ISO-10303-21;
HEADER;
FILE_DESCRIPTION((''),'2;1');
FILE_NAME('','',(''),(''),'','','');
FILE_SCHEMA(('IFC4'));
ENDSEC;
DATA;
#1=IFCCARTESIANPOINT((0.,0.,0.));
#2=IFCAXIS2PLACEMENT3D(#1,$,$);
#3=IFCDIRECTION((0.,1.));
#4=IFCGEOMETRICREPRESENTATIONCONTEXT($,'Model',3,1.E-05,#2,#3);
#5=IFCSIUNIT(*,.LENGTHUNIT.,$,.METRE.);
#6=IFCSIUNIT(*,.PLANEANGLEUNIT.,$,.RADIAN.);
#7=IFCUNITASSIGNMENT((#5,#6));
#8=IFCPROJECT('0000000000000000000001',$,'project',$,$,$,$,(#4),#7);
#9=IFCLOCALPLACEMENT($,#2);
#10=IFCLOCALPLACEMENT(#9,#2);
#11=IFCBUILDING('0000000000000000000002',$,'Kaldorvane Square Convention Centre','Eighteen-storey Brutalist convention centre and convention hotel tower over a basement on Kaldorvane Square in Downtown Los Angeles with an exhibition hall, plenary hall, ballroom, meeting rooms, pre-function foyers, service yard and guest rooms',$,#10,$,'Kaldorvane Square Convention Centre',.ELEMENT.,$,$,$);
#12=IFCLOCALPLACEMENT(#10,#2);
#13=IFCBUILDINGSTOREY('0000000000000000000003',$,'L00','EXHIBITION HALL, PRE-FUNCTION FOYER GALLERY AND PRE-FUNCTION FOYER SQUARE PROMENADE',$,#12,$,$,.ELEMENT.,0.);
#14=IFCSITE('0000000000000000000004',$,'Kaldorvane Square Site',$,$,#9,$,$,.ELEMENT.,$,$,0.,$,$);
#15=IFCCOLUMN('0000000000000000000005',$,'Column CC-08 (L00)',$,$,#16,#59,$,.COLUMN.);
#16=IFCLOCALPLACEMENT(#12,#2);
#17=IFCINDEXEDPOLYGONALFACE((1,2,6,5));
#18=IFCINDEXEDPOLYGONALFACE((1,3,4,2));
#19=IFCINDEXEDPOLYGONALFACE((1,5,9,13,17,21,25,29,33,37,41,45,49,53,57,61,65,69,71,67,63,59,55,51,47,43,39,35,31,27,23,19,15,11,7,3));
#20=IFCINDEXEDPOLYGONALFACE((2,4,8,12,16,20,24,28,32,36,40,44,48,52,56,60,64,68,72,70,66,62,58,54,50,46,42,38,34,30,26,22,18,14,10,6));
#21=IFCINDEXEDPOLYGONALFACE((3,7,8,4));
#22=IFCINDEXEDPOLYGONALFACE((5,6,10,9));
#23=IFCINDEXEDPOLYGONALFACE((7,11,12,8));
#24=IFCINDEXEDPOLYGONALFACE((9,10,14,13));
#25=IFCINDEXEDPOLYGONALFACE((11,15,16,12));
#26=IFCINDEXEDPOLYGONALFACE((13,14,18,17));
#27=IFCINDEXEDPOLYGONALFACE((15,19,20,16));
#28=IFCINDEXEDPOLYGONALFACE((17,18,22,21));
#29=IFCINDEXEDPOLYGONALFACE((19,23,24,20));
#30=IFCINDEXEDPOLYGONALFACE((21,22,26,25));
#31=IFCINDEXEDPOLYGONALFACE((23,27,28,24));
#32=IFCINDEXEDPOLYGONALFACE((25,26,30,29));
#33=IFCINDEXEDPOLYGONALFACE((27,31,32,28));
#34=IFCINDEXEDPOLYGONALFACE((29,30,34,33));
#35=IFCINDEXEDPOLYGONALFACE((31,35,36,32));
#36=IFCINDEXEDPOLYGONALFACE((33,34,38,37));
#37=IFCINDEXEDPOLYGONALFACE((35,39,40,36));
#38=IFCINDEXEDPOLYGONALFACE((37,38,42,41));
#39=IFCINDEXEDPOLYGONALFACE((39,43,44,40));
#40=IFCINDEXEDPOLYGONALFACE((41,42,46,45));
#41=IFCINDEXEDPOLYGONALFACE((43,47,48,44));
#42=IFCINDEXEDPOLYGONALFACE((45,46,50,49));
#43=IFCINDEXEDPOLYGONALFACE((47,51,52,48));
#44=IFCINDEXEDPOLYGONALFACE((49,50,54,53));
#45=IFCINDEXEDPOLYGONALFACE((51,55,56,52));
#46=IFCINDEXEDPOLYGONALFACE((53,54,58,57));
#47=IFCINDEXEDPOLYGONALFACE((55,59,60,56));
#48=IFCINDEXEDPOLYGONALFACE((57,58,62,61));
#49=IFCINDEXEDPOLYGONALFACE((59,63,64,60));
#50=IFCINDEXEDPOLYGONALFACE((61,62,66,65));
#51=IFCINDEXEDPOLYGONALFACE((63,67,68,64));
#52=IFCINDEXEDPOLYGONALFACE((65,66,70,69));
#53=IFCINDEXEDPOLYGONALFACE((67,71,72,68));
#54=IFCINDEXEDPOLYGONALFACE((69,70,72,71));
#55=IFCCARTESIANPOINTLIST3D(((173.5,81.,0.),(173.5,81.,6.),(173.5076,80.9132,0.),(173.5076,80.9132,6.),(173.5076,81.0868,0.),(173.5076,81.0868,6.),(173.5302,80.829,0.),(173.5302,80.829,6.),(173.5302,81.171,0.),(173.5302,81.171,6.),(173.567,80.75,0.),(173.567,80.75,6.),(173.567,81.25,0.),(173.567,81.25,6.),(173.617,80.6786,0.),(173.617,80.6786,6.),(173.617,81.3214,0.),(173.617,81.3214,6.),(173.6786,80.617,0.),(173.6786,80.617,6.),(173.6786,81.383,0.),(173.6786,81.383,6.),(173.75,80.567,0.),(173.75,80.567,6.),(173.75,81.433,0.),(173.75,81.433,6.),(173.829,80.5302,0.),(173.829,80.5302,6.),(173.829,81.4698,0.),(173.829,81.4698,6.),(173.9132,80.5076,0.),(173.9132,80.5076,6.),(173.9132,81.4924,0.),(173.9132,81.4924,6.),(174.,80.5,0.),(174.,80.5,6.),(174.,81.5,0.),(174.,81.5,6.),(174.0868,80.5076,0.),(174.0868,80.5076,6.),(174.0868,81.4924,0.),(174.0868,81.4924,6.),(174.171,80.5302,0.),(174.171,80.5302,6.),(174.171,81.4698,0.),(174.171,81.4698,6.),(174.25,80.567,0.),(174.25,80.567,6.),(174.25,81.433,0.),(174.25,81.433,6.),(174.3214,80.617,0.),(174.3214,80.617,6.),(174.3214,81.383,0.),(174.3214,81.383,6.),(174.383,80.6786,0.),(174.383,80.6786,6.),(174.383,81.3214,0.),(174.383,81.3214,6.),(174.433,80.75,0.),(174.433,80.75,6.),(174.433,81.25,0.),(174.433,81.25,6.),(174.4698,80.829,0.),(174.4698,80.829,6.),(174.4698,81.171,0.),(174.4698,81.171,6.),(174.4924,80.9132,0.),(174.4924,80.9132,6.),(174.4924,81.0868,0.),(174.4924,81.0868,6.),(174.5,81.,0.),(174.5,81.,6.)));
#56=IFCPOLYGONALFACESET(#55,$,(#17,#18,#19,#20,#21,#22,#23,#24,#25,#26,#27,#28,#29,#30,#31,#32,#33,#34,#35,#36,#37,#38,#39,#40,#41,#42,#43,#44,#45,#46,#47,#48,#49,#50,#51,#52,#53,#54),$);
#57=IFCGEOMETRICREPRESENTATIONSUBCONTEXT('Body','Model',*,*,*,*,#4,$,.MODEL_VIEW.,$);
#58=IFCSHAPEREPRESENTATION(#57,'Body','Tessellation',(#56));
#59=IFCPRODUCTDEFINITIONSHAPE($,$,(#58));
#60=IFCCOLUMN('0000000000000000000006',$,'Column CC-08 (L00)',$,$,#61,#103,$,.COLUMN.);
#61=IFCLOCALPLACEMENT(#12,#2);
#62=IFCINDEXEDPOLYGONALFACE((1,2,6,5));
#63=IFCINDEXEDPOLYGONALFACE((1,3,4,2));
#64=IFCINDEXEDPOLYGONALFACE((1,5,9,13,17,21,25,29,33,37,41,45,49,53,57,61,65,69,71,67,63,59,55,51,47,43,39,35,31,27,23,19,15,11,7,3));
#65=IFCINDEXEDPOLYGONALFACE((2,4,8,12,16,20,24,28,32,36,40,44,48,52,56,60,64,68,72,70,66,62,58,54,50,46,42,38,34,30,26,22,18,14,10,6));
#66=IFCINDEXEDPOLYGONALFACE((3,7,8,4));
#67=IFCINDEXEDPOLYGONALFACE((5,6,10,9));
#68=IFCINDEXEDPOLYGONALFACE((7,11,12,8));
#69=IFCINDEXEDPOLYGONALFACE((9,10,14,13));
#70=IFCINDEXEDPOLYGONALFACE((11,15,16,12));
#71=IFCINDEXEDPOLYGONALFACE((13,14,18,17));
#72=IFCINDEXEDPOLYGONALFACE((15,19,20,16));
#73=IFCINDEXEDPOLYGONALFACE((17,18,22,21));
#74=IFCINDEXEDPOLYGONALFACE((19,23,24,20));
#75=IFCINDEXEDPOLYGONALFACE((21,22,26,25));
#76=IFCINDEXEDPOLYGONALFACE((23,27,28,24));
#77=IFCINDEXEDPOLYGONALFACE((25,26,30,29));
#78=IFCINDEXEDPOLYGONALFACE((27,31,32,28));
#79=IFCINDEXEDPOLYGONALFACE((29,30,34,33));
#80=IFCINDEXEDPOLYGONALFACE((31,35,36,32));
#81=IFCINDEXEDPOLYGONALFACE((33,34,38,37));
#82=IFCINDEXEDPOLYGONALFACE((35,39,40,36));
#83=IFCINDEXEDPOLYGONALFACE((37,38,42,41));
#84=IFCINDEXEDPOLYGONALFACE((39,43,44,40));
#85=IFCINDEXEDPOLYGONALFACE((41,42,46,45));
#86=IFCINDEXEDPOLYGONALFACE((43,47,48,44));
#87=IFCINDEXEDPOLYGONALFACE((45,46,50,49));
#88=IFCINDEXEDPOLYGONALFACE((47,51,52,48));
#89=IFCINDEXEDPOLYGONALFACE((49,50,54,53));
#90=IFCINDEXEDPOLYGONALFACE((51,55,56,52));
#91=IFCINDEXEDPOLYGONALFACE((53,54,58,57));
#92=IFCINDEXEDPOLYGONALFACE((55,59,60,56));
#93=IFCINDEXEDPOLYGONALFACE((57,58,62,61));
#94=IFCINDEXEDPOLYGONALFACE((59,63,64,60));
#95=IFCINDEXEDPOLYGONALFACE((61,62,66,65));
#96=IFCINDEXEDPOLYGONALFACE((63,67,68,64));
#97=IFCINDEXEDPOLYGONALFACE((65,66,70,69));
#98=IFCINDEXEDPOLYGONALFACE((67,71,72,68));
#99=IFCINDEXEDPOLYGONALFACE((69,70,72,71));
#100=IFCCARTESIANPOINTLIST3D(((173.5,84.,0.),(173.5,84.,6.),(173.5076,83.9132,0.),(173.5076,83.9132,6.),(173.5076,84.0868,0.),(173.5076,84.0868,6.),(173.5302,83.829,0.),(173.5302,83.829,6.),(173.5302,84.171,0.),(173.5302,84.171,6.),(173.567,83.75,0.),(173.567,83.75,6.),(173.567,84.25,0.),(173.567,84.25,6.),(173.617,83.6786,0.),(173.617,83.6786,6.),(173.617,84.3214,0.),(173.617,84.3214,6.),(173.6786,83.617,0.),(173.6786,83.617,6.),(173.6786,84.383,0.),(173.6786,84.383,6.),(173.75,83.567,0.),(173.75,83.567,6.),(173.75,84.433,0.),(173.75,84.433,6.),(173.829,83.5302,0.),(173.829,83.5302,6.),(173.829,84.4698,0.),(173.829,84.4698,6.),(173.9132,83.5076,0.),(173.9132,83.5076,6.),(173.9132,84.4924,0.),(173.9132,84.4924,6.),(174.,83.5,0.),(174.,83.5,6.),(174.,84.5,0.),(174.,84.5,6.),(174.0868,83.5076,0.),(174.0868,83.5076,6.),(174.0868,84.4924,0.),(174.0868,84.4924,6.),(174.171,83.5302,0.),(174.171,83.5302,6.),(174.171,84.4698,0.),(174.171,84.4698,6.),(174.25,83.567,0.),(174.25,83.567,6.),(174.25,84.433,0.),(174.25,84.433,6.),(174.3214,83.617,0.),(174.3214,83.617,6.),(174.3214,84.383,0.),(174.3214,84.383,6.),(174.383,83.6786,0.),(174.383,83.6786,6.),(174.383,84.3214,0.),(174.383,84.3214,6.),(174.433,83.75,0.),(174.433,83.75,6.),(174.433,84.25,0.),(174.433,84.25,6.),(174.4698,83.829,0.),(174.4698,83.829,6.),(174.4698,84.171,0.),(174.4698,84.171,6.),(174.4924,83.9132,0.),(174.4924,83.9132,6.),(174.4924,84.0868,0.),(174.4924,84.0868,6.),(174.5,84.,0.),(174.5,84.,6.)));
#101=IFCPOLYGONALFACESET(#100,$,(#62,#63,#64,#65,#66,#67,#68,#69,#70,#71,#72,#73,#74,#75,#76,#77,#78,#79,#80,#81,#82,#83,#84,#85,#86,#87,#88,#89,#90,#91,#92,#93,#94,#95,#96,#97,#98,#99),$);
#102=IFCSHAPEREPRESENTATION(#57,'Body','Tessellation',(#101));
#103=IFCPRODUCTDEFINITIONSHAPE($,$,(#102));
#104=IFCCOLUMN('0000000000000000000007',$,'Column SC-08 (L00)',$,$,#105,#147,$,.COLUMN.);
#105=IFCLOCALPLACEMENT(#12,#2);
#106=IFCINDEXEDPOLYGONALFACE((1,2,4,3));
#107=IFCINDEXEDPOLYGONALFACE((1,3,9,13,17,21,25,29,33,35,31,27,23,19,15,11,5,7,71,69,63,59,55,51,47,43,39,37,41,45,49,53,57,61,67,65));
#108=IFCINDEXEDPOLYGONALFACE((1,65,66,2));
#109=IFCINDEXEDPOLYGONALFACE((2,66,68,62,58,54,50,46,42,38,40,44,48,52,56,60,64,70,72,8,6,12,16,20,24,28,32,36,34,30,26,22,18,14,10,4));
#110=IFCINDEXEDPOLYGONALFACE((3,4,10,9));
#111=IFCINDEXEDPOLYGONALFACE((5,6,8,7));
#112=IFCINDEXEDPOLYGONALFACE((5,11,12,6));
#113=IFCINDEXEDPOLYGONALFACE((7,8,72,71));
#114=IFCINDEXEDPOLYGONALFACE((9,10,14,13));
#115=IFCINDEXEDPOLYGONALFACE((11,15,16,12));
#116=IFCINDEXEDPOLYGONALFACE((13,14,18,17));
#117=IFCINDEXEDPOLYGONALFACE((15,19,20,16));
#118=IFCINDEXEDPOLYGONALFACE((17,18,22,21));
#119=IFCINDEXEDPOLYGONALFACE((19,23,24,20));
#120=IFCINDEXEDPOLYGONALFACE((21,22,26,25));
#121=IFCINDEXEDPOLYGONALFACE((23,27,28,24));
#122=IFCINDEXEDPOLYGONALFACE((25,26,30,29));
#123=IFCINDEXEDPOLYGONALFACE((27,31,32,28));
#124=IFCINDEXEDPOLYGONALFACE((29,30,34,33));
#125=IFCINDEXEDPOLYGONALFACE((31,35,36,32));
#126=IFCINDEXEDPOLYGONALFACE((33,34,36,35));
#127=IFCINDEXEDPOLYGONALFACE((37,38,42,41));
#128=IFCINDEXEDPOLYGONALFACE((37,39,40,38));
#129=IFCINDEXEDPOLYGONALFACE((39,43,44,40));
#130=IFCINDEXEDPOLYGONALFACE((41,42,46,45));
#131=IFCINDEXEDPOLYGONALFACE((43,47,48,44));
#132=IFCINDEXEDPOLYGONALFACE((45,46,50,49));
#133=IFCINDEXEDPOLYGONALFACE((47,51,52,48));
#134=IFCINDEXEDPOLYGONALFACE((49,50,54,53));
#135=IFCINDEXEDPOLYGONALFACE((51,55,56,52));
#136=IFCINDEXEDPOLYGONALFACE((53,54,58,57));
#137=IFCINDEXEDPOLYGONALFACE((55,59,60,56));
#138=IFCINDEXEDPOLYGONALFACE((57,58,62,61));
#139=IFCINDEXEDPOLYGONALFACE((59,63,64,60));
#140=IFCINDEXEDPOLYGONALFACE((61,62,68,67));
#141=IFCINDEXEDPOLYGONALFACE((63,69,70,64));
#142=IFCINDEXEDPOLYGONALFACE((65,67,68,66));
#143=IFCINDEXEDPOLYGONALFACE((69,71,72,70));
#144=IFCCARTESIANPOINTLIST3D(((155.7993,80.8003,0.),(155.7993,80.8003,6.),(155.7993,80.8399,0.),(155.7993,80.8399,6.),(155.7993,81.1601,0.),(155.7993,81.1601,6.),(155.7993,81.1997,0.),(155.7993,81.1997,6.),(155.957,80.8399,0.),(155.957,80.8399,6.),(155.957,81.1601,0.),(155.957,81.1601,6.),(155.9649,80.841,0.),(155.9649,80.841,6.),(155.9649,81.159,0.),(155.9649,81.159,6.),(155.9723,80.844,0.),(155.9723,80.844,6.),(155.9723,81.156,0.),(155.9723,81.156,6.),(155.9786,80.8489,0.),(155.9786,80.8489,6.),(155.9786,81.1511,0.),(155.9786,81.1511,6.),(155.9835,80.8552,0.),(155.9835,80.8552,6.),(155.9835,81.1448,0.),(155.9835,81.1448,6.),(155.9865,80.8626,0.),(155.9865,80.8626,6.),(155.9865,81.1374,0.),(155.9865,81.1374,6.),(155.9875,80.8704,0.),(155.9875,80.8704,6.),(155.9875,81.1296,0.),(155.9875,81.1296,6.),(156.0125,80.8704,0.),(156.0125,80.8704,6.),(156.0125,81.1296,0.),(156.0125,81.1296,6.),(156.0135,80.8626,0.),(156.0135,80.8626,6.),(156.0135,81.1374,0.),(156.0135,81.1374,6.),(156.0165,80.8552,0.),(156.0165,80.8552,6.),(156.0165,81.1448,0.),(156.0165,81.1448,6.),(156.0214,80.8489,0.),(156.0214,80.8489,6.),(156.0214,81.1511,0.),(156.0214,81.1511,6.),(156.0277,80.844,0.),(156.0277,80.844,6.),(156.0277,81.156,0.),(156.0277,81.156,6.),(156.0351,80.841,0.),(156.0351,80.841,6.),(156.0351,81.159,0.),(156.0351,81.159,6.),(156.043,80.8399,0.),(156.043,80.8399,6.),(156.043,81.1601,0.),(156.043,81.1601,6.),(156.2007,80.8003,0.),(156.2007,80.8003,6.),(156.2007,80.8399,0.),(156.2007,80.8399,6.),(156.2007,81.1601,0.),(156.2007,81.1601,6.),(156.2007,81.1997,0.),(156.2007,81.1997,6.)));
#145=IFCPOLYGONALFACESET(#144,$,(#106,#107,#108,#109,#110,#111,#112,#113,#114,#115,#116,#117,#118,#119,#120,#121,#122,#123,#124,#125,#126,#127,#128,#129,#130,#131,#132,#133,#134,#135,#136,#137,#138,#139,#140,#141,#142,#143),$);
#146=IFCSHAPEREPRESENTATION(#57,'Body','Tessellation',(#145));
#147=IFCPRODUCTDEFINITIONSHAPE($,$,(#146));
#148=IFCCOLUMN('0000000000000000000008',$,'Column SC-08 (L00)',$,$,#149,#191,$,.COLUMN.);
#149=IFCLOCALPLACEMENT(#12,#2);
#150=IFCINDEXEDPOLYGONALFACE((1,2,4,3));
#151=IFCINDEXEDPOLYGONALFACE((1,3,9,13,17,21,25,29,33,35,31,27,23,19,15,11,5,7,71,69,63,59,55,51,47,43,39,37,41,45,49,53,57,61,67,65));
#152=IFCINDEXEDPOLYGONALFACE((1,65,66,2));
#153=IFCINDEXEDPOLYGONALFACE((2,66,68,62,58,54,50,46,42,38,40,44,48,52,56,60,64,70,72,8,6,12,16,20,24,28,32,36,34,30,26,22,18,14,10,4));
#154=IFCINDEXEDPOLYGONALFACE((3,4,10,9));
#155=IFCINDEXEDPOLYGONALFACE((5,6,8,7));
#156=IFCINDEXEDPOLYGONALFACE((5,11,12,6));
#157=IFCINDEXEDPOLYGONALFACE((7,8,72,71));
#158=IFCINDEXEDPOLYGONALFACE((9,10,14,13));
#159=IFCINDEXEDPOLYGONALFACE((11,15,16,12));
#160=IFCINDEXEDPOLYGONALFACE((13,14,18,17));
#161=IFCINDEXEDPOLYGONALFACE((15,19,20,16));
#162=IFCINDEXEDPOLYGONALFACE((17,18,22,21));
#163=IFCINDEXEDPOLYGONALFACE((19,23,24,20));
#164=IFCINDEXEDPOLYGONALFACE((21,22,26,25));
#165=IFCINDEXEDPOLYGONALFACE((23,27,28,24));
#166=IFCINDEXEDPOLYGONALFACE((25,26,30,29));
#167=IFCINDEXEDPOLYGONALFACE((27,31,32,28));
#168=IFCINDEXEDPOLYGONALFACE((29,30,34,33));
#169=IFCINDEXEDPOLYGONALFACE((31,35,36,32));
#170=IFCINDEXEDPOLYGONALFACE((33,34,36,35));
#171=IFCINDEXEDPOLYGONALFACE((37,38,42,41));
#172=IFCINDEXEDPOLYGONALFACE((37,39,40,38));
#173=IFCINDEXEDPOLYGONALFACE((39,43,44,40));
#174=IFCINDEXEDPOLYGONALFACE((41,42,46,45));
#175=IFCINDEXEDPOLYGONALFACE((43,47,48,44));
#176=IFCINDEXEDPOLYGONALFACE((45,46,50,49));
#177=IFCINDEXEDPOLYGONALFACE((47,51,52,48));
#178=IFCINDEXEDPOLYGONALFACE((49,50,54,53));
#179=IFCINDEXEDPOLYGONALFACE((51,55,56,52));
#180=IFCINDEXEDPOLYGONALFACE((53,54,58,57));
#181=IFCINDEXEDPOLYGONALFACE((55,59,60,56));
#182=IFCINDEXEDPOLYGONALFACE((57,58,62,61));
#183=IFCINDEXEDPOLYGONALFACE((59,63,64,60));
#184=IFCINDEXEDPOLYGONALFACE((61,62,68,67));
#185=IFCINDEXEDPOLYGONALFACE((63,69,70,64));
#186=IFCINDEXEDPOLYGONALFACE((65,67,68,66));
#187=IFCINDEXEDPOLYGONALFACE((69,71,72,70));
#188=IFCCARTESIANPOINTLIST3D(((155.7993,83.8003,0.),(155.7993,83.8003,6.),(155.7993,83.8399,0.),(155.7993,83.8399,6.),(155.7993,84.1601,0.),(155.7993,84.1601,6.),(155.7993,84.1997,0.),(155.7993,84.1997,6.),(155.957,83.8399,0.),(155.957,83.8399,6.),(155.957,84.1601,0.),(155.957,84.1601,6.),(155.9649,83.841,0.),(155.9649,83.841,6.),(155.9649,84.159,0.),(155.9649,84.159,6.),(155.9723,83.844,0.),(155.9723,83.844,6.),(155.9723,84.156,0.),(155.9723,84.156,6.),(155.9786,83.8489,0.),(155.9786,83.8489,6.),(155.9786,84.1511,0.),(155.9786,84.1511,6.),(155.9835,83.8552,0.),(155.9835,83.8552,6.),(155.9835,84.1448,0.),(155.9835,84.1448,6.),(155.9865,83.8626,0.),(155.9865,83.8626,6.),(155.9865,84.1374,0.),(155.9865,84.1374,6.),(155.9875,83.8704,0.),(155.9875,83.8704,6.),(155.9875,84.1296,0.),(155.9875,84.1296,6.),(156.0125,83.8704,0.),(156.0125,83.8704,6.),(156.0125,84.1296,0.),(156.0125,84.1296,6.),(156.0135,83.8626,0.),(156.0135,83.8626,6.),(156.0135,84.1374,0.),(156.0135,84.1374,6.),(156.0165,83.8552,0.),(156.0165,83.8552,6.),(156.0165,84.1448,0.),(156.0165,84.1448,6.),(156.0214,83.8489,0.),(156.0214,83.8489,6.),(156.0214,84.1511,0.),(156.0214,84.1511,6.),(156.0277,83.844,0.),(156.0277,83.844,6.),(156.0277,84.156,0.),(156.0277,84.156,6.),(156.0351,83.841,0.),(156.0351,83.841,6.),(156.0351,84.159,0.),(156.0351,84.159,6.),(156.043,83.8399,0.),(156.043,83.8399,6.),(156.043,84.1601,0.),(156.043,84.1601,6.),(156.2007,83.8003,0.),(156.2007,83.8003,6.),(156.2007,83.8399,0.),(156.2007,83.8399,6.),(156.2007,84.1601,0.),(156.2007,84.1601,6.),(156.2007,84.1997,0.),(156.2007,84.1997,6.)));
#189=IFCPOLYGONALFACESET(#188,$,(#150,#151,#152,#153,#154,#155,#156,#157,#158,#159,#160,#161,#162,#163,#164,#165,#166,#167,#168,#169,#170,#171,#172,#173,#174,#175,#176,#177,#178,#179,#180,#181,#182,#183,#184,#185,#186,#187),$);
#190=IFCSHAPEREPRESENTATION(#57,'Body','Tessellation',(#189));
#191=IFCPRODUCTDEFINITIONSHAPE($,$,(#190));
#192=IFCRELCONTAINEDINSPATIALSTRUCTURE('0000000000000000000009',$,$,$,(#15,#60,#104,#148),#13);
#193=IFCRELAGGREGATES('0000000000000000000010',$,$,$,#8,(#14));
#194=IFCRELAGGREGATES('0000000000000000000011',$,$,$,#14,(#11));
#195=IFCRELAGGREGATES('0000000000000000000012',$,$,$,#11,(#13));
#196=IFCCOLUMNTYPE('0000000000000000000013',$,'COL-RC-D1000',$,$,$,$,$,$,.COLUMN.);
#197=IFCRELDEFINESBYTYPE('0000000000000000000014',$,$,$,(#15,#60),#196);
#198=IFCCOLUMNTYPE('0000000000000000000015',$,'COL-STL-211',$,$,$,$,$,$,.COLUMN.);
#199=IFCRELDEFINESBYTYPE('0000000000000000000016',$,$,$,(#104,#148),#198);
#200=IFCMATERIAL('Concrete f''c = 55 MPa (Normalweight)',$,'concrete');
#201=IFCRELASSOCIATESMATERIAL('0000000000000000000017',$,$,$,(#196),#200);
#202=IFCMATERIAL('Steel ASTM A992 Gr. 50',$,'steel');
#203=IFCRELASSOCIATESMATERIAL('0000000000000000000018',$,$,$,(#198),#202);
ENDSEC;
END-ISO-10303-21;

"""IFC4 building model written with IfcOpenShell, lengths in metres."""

from ifc_helpers import new_model, si_unit, direction, frame, origin, origin_2d, place, context, subcontext, project, spatial, circle, i_section, extrude, material, material_profile, profile_set, type_object, element, save


model = new_model("IFC4")

# Units and contexts
model_context = context("Model", 3, precision=1e-05, world=origin(), true_north=direction((0.0, 1.0)))
body_context = subcontext(model_context, "Body", "Model", "MODEL_VIEW")
ifc_project = project(units=[si_unit("LENGTHUNIT", "METRE"), si_unit("PLANEANGLEUNIT", "RADIAN")], contexts=[model_context])

# Site, building, storey
site_placement = place(None, origin())
site = spatial("IfcSite", under=ifc_project, at=site_placement, Name="Kaldorvane Square Site", CompositionType="ELEMENT", RefElevation=0.0)
building_placement = place(site_placement, origin())
building = spatial("IfcBuilding", under=site, at=building_placement, Name="Kaldorvane Square Convention Centre", Description="Eighteen-storey Brutalist convention centre and convention hotel tower over a basement on Kaldorvane Square in Downtown Los Angeles with an exhibition hall, plenary hall, ballroom, meeting rooms, pre-function foyers, service yard and guest rooms", LongName="Kaldorvane Square Convention Centre", CompositionType="ELEMENT")
storey_placement = place(building_placement, origin())
storey = spatial("IfcBuildingStorey", under=building, at=storey_placement, Name="L00", Description="EXHIBITION HALL, PRE-FUNCTION FOYER GALLERY AND PRE-FUNCTION FOYER SQUARE PROMENADE", CompositionType="ELEMENT", Elevation=0.0)

# Columns
ifc_material_1 = material(Name="Concrete f'c = 55 MPa (Normalweight)", Category="concrete")
ifc_material_profile_1 = material_profile(ifc_material_1, circle(Radius=0.5, at=origin_2d()), Name="RC-D1000")
ifc_profile_set_1 = profile_set([ifc_material_profile_1], Name="Concrete f'c = 55 MPa (Normalweight)")
column_type_1 = type_object("IfcColumnType", Name="COL-RC-D1000", PredefinedType="COLUMN", material=ifc_profile_set_1)
for number, where, z_axis, x_axis, name in (
    (1, (174.0, 81.0, 0.0), (0.0, 0.0, 1.0), (1.0, 0.0, 0.0), "Column CC-08 (L00)"),
    (2, (174.0, 84.0, 0.0), (0.0, 0.0, 1.0), (1.0, 0.0, 0.0), "Column CC-08 (L00)"),
):
    element("IfcColumn", number, at=place(storey_placement, frame(where, z_axis=z_axis, x_axis=x_axis)), inside=storey, type_object=column_type_1, Name=name, PredefinedType="COLUMN", context=body_context, shape_type="SweptSolid", body=[
        extrude(circle(Radius=0.5, at=origin_2d()), origin(), (0.0, 0.0, 1.0), 6.0),
    ])
ifc_material_2 = material(Name="Steel ASTM A992 Gr. 50", Category="steel")
ifc_material_profile_2 = material_profile(ifc_material_2, i_section(OverallWidth=0.4013, OverallDepth=0.3993, WebThickness=0.0249, FlangeThickness=0.0396, FilletRadius=0.0305, at=origin_2d()), Name="W14X211")
ifc_profile_set_2 = profile_set([ifc_material_profile_2], Name="Steel ASTM A992 Gr. 50")
column_type_2 = type_object("IfcColumnType", Name="COL-STL-211", PredefinedType="COLUMN", material=ifc_profile_set_2)
for number, where, z_axis, x_axis, name in (
    (3, (156.0, 81.0, 0.0), (0.0, 0.0, 1.0), (1.0, 0.0, 0.0), "Column SC-08 (L00)"),
    (4, (156.0, 84.0, 0.0), (0.0, 0.0, 1.0), (1.0, 0.0, 0.0), "Column SC-08 (L00)"),
):
    element("IfcColumn", number, at=place(storey_placement, frame(where, z_axis=z_axis, x_axis=x_axis)), inside=storey, type_object=column_type_2, Name=name, PredefinedType="COLUMN", context=body_context, shape_type="SweptSolid", body=[
        extrude(i_section(OverallWidth=0.4013, OverallDepth=0.3993, WebThickness=0.0249, FlangeThickness=0.0396, FilletRadius=0.0305, at=origin_2d()), origin(), (0.0, 0.0, 1.0), 6.0),
    ])

save(model, "model.ifc")
